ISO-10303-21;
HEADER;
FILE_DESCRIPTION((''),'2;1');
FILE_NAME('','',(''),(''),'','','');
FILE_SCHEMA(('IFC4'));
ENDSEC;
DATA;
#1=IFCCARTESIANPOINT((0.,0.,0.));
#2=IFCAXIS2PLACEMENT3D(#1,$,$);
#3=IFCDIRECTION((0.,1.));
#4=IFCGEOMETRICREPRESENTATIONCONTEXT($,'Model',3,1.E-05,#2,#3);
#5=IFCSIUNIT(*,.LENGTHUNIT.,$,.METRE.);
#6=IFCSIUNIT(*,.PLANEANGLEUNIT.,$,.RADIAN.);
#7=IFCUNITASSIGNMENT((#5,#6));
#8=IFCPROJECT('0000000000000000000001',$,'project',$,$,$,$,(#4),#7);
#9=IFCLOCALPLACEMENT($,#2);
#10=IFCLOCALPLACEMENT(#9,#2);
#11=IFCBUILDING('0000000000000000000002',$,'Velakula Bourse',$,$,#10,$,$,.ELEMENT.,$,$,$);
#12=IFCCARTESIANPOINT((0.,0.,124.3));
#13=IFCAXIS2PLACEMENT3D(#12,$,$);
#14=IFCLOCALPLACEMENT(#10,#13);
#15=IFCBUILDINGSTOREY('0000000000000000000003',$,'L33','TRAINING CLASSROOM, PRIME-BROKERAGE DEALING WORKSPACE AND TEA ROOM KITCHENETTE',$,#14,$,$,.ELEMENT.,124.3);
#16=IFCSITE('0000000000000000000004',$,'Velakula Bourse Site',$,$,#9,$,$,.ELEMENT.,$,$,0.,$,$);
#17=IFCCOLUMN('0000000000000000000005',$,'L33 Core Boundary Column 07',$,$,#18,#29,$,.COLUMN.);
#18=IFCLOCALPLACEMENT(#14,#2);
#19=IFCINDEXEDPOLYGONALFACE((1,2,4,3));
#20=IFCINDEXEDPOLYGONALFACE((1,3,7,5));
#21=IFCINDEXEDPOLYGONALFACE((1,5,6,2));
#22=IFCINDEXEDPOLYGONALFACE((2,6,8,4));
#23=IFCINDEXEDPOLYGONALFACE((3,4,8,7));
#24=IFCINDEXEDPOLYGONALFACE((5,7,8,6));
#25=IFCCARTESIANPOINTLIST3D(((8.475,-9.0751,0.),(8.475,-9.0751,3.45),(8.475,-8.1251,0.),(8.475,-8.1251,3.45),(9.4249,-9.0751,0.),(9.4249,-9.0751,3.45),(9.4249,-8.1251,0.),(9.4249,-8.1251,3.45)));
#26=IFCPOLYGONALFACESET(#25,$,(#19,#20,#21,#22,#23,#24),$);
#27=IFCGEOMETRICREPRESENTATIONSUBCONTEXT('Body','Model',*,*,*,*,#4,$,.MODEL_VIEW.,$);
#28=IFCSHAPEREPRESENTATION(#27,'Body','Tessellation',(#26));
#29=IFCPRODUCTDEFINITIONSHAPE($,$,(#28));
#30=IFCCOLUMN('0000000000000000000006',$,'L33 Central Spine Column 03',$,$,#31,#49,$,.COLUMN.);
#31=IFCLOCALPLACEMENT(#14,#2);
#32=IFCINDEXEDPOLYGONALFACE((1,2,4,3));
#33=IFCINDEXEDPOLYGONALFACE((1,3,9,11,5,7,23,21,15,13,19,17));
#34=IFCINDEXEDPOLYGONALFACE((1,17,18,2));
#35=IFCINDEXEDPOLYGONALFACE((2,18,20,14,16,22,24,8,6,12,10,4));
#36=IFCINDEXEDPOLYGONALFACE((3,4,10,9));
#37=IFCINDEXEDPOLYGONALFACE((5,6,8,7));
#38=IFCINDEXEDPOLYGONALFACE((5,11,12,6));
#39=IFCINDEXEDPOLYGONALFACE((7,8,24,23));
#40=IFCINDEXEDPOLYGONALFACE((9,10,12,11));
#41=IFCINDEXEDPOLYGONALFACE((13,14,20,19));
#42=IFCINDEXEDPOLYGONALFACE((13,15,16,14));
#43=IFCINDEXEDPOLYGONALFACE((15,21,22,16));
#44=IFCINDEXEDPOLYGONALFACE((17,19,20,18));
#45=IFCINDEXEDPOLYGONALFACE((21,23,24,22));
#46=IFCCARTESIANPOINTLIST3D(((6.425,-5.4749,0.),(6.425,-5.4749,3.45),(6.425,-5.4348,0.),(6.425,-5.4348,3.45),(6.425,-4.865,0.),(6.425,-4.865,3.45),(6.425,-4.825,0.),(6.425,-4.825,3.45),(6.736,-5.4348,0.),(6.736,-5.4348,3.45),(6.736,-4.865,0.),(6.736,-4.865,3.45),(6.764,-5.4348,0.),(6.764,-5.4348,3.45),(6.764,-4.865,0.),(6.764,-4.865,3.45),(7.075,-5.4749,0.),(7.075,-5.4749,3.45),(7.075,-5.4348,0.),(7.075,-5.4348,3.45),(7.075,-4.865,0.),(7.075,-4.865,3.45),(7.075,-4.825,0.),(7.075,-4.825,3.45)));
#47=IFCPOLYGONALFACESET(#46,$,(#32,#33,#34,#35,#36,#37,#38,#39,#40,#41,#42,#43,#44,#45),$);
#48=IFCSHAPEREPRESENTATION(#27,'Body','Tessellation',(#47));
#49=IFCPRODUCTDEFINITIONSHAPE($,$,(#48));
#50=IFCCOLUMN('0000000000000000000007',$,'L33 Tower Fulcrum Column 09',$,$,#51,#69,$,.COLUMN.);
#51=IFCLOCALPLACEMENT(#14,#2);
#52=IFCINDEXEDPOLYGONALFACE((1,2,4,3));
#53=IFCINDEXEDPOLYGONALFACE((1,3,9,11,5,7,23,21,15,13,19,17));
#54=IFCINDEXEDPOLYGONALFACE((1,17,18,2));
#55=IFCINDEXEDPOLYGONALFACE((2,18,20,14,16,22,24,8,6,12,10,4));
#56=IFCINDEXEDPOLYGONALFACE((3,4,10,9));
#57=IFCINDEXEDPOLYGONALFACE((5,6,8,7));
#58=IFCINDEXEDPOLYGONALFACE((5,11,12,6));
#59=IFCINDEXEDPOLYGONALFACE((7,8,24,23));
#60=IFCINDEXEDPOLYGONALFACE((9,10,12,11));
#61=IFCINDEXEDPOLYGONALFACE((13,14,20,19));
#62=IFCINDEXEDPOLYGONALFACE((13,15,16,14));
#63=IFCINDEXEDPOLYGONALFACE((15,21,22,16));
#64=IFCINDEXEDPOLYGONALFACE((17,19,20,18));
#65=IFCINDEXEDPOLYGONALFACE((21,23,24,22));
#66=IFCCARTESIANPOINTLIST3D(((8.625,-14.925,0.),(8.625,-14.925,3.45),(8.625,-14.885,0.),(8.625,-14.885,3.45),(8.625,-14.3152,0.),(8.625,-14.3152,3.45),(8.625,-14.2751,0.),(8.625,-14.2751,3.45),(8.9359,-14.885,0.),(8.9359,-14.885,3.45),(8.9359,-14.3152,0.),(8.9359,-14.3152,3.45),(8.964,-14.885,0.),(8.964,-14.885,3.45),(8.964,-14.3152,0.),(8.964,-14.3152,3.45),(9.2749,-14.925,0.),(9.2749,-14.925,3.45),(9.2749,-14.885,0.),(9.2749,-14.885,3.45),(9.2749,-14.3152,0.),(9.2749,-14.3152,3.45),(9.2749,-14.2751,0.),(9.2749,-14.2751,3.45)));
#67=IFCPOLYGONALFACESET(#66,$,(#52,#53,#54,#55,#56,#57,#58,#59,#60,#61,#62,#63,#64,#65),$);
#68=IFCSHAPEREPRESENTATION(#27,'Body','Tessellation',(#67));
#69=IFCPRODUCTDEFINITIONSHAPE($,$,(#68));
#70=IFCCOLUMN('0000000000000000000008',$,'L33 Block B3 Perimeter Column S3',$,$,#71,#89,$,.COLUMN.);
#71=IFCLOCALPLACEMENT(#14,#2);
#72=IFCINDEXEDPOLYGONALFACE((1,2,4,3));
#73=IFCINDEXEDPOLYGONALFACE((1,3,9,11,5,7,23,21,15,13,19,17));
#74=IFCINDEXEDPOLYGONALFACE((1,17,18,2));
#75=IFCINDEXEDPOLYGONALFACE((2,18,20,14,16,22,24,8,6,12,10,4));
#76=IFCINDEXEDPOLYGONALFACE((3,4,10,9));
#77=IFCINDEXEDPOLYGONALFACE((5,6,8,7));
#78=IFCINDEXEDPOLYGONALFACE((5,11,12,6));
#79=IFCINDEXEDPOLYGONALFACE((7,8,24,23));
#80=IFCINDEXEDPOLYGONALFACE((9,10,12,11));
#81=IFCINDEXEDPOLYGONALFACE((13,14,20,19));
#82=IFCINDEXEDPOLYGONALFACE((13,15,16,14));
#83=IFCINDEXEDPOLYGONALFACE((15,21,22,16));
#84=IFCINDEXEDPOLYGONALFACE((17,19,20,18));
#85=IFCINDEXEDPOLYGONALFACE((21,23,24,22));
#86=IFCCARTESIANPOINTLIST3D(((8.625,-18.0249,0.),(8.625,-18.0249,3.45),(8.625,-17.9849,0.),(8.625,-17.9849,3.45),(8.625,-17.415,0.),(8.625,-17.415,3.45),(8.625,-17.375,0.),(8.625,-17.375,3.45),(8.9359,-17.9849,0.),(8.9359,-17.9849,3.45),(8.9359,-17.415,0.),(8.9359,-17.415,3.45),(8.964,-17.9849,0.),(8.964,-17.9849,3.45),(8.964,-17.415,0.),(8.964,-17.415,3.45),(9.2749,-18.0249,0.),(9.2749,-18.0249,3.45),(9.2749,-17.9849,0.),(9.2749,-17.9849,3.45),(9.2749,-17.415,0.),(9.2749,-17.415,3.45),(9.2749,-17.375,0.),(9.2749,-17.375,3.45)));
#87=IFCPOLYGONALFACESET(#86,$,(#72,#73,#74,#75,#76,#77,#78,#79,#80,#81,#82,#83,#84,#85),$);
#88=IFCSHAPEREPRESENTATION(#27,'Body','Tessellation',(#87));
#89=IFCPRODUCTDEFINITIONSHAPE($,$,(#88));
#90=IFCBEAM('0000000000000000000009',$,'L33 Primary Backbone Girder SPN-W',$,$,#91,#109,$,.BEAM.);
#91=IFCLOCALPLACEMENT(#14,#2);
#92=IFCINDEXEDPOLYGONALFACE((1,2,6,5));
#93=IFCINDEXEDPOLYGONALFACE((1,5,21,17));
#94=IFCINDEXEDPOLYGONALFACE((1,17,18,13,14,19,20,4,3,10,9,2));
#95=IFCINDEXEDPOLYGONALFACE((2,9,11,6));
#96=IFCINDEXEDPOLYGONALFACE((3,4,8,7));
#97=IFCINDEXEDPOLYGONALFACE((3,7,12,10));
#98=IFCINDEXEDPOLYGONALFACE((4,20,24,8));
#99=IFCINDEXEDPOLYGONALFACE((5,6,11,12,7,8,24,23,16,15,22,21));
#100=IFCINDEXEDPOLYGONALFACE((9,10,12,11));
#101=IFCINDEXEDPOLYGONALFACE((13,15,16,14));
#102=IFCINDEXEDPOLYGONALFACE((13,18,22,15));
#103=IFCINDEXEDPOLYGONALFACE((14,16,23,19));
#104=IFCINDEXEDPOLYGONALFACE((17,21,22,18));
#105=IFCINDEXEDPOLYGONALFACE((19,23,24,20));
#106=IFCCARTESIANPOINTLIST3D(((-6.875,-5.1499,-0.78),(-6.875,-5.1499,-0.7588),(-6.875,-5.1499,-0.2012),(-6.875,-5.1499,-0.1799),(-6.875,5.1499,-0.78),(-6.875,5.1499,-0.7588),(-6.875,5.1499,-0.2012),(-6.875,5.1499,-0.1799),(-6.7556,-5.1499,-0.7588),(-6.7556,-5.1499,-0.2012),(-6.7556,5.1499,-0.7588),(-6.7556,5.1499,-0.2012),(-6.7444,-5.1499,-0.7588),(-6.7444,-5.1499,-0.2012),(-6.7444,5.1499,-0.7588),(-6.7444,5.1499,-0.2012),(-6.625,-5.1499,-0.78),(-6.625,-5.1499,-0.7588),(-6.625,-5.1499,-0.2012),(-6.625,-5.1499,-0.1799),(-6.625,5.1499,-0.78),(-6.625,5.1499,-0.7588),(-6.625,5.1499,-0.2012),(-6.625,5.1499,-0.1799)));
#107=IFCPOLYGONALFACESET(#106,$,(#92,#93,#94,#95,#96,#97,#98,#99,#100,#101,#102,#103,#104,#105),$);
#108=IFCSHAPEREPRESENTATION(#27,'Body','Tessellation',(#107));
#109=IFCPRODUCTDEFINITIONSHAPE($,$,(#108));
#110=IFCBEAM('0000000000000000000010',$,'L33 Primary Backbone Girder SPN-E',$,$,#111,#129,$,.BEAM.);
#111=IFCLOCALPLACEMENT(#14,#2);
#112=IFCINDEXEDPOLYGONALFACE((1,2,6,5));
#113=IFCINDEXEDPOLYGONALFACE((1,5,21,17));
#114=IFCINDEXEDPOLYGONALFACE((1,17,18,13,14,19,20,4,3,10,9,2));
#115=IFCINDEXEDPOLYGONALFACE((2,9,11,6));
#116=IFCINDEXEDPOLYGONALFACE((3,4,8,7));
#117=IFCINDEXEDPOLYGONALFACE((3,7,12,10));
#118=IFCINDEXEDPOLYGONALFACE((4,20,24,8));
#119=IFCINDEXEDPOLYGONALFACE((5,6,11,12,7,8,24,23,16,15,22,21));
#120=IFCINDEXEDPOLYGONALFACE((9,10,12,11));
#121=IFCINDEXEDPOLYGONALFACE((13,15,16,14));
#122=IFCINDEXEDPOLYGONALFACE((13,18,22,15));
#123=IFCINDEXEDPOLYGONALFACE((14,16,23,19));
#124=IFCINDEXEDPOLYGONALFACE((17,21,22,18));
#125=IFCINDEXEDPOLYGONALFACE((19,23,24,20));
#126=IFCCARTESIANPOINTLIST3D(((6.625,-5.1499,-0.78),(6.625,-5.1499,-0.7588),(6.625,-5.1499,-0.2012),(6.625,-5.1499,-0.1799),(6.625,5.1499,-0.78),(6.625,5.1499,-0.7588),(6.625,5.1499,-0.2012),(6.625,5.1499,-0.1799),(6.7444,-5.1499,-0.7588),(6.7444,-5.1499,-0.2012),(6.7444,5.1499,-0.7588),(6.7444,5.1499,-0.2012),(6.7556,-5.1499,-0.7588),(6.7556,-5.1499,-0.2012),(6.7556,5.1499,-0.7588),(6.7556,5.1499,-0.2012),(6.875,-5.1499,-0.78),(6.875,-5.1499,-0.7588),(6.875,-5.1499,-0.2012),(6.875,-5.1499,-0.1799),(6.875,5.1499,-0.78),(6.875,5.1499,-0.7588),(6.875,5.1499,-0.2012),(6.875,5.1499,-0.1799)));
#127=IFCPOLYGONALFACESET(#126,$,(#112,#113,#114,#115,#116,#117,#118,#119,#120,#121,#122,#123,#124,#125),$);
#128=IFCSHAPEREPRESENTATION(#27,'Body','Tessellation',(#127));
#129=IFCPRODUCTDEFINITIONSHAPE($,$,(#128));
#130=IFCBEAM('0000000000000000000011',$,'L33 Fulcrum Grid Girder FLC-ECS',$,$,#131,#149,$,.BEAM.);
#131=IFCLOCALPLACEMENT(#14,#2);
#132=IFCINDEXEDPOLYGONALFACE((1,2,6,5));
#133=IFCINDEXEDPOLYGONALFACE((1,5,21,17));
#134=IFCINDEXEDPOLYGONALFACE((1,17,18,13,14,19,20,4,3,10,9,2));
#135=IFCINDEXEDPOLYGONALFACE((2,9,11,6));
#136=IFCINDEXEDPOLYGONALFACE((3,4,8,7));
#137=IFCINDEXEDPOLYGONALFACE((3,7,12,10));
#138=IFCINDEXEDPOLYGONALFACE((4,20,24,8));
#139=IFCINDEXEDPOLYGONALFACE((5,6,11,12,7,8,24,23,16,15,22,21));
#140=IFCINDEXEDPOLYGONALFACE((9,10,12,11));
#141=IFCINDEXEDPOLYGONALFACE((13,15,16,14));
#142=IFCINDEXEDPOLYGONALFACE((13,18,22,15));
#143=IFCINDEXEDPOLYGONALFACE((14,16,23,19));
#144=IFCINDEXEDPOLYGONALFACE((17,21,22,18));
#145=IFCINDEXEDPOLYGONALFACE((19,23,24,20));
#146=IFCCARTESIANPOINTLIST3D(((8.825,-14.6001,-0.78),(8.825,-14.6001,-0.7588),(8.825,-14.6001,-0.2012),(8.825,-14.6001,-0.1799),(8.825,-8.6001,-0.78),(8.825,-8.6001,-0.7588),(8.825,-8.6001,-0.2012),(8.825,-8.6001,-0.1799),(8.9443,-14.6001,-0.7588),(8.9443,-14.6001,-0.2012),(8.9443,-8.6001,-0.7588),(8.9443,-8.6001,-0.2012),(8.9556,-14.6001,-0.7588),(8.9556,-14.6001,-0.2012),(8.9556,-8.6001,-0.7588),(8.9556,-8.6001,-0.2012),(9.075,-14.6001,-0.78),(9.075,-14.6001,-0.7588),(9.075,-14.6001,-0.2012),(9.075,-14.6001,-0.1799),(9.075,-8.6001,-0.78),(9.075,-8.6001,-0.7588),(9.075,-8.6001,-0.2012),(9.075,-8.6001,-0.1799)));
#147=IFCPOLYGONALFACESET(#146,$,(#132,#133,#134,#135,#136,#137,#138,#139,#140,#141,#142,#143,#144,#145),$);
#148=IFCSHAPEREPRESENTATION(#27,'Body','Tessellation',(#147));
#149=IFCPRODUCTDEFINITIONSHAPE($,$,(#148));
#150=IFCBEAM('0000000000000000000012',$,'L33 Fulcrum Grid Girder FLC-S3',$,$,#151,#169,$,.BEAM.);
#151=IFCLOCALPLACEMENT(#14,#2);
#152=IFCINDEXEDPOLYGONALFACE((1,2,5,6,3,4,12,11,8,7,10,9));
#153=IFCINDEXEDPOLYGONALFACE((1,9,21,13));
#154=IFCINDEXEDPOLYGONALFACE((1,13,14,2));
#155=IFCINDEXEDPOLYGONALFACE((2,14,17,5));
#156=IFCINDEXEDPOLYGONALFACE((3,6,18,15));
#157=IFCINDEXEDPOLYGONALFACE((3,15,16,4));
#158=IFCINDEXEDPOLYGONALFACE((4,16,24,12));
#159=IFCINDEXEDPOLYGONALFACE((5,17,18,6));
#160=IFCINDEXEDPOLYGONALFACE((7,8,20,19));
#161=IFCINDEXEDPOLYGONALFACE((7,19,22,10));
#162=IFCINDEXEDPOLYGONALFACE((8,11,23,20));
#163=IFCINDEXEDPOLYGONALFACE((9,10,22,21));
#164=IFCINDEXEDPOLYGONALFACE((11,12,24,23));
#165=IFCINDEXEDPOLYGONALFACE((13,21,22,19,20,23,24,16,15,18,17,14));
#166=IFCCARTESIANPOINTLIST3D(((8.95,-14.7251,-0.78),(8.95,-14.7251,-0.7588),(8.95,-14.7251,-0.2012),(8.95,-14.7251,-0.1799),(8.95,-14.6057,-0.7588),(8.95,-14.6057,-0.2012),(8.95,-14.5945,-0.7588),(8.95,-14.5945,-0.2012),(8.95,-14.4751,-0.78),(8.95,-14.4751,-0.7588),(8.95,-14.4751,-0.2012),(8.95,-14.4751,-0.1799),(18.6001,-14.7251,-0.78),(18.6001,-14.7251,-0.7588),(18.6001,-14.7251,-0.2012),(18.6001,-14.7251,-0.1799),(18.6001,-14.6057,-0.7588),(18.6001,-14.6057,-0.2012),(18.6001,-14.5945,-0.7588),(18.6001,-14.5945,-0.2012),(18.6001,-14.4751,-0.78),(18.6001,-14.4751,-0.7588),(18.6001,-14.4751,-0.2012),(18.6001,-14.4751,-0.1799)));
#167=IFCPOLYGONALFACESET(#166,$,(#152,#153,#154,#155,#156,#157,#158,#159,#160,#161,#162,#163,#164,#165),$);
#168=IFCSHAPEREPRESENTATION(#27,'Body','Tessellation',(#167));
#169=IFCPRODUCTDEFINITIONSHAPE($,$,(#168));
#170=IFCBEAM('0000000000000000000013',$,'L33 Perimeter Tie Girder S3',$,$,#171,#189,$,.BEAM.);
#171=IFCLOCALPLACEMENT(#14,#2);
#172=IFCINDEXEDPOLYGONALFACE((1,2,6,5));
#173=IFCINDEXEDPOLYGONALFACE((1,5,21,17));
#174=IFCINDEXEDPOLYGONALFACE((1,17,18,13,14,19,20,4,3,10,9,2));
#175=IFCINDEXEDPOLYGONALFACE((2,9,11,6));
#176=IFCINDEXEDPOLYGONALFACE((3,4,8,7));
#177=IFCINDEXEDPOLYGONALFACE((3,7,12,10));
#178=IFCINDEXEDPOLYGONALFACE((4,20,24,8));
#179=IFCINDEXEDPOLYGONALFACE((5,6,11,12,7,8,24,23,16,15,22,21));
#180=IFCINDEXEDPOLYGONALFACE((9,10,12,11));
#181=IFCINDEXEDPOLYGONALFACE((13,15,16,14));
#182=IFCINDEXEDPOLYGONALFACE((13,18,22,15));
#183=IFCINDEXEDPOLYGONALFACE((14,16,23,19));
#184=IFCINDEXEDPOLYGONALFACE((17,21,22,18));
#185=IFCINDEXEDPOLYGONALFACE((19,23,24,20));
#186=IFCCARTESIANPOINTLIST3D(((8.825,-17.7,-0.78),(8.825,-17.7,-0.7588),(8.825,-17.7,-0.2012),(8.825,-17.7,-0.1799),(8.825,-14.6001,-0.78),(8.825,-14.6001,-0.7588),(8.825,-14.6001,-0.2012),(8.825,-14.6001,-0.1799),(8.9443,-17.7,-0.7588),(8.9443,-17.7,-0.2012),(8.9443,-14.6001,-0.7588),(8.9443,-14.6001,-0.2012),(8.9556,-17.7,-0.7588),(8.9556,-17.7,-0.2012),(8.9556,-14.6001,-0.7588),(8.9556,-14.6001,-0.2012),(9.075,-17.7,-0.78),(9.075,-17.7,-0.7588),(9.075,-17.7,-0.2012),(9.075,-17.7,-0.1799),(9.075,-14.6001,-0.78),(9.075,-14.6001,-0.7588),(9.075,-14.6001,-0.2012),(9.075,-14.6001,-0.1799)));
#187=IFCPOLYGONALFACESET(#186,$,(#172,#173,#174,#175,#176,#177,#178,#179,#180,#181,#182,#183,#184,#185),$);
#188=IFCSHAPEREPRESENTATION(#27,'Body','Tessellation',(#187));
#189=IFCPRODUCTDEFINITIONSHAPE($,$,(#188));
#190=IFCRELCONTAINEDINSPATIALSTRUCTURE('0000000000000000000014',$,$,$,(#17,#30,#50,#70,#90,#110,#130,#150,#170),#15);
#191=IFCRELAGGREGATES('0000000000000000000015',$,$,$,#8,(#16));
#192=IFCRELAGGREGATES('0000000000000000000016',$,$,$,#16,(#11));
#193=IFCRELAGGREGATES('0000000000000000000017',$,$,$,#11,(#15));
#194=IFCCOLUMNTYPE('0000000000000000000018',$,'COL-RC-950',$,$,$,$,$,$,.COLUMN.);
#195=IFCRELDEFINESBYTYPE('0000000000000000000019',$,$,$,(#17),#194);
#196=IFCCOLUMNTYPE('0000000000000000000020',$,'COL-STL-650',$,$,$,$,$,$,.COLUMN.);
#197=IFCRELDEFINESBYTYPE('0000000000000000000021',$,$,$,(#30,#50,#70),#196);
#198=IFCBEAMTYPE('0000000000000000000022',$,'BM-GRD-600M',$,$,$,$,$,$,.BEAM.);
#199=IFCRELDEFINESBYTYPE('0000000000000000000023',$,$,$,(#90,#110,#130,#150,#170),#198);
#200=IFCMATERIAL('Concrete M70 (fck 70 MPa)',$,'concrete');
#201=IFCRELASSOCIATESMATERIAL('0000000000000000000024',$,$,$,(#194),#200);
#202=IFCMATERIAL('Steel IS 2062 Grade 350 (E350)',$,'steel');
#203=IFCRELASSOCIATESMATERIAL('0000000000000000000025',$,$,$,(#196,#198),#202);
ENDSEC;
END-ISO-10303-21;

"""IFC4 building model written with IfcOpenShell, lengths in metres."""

from ifc_helpers import new_model, si_unit, direction, frame, origin, origin_2d, place, context, subcontext, project, spatial, rectangle, i_section, extrude, material, material_profile, profile_set, type_object, element, save


model = new_model("IFC4")

# Units and contexts
model_context = context("Model", 3, precision=1e-05, world=origin(), true_north=direction((0.0, 1.0)))
body_context = subcontext(model_context, "Body", "Model", "MODEL_VIEW")
ifc_project = project(units=[si_unit("LENGTHUNIT", "METRE"), si_unit("PLANEANGLEUNIT", "RADIAN")], contexts=[model_context])

# Site, building, storey
site_placement = place(None, origin())
site = spatial("IfcSite", under=ifc_project, at=site_placement, Name="Velakula Bourse Site", CompositionType="ELEMENT", RefElevation=0.0)
building_placement = place(site_placement, origin())
building = spatial("IfcBuilding", under=site, at=building_placement, Name="Velakula Bourse", CompositionType="ELEMENT")
storey_placement = place(building_placement, frame((0.0, 0.0, 124.3)))
storey = spatial("IfcBuildingStorey", under=building, at=storey_placement, Name="L33", Description="TRAINING CLASSROOM, PRIME-BROKERAGE DEALING WORKSPACE AND TEA ROOM KITCHENETTE", CompositionType="ELEMENT", Elevation=124.3)

# Columns
ifc_material_1 = material(Name="Concrete M70 (fck 70 MPa)", Category="concrete")
ifc_material_profile_1 = material_profile(ifc_material_1, rectangle(XDim=0.95, YDim=0.95, at=origin_2d()), Name="Concrete M70 (fck 70 MPa)")
ifc_profile_set_1 = profile_set([ifc_material_profile_1], Name="Concrete M70 (fck 70 MPa)")
column_type_1 = type_object("IfcColumnType", Name="COL-RC-950", PredefinedType="COLUMN", material=ifc_profile_set_1)
column_placement = place(storey_placement, frame((8.95, -8.6001, 0.0), z_axis=(0.0, 0.0, 1.0), x_axis=(1.0, 0.0, 0.0)))
element("IfcColumn", 1, at=column_placement, inside=storey, type_object=column_type_1, Name="L33 Core Boundary Column 07", PredefinedType="COLUMN", context=body_context, shape_type="SweptSolid", body=[
    extrude(rectangle(XDim=0.95, YDim=0.95, at=origin_2d()), origin(), (0.0, 0.0, 1.0), 3.45),
])
ifc_material_2 = material(Name="Steel IS 2062 Grade 350 (E350)", Category="steel")
ifc_material_profile_2 = material_profile(ifc_material_2, i_section(OverallWidth=0.6499, OverallDepth=0.6499, WebThickness=0.0281, FlangeThickness=0.04, at=origin_2d()), Name="Steel IS 2062 Grade 350 (E350)")
ifc_profile_set_2 = profile_set([ifc_material_profile_2], Name="Steel IS 2062 Grade 350 (E350)")
column_type_2 = type_object("IfcColumnType", Name="COL-STL-650", PredefinedType="COLUMN", material=ifc_profile_set_2)
for number, where, z_axis, x_axis, name in (
    (2, (6.75, -5.1499, 0.0), (0.0, 0.0, 1.0), (1.0, 0.0, 0.0), "L33 Central Spine Column 03"),
    (3, (8.95, -14.6001, 0.0), (0.0, 0.0, 1.0), (1.0, 0.0, 0.0), "L33 Tower Fulcrum Column 09"),
    (4, (8.95, -17.7, 0.0), (0.0, 0.0, 1.0), (1.0, 0.0, 0.0), "L33 Block B3 Perimeter Column S3"),
):
    element("IfcColumn", number, at=place(storey_placement, frame(where, z_axis=z_axis, x_axis=x_axis)), inside=storey, type_object=column_type_2, Name=name, PredefinedType="COLUMN", context=body_context, shape_type="SweptSolid", body=[
        extrude(i_section(OverallWidth=0.6499, OverallDepth=0.6499, WebThickness=0.0281, FlangeThickness=0.04, at=origin_2d()), origin(), (0.0, 0.0, 1.0), 3.45),
    ])

# Beams
ifc_material_profile_3 = material_profile(ifc_material_2, i_section(OverallWidth=0.25, OverallDepth=0.6001, WebThickness=0.0112, FlangeThickness=0.0212, at=origin_2d()), Name="Steel IS 2062 Grade 350 (E350)")
ifc_profile_set_3 = profile_set([ifc_material_profile_3], Name="Steel IS 2062 Grade 350 (E350)")
beam_type_1 = type_object("IfcBeamType", Name="BM-GRD-600M", PredefinedType="BEAM", material=ifc_profile_set_3)
for number, where, z_axis, x_axis, name in (
    (5, (-6.75, -5.1499, -0.48), (0.0, 1.0, 0.0), (-1.0, 0.0, 0.0), "L33 Primary Backbone Girder SPN-W"),
    (6, (6.75, -5.1499, -0.48), (0.0, 1.0, 0.0), (-1.0, 0.0, 0.0), "L33 Primary Backbone Girder SPN-E"),
):
    element("IfcBeam", number, at=place(storey_placement, frame(where, z_axis=z_axis, x_axis=x_axis)), inside=storey, type_object=beam_type_1, Name=name, PredefinedType="BEAM", context=body_context, shape_type="SweptSolid", body=[
        extrude(i_section(OverallWidth=0.25, OverallDepth=0.6001, WebThickness=0.0112, FlangeThickness=0.0212, at=origin_2d()), origin(), (0.0, 0.0, 1.0), 10.2998),
    ])
beam_1_placement = place(storey_placement, frame((8.95, -14.6001, -0.48), z_axis=(0.0, 1.0, 0.0), x_axis=(-1.0, 0.0, 0.0)))
element("IfcBeam", 7, at=beam_1_placement, inside=storey, type_object=beam_type_1, Name="L33 Fulcrum Grid Girder FLC-ECS", PredefinedType="BEAM", context=body_context, shape_type="SweptSolid", body=[
    extrude(i_section(OverallWidth=0.25, OverallDepth=0.6001, WebThickness=0.0112, FlangeThickness=0.0212, at=origin_2d()), origin(), (0.0, 0.0, 1.0), 6.0),
])
beam_2_placement = place(storey_placement, frame((8.95, -14.6001, -0.48), z_axis=(1.0, 0.0, 0.0), x_axis=(0.0, 1.0, 0.0)))
element("IfcBeam", 8, at=beam_2_placement, inside=storey, type_object=beam_type_1, Name="L33 Fulcrum Grid Girder FLC-S3", PredefinedType="BEAM", context=body_context, shape_type="SweptSolid", body=[
    extrude(i_section(OverallWidth=0.25, OverallDepth=0.6001, WebThickness=0.0112, FlangeThickness=0.0212, at=origin_2d()), origin(), (0.0, 0.0, 1.0), 9.6501),
])
beam_3_placement = place(storey_placement, frame((8.95, -14.6001, -0.48), z_axis=(0.0, -1.0, 0.0), x_axis=(1.0, 0.0, 0.0)))
element("IfcBeam", 9, at=beam_3_placement, inside=storey, type_object=beam_type_1, Name="L33 Perimeter Tie Girder S3", PredefinedType="BEAM", context=body_context, shape_type="SweptSolid", body=[
    extrude(i_section(OverallWidth=0.25, OverallDepth=0.6001, WebThickness=0.0112, FlangeThickness=0.0212, at=origin_2d()), origin(), (0.0, 0.0, 1.0), 3.0999),
])

save(model, "model.ifc")
